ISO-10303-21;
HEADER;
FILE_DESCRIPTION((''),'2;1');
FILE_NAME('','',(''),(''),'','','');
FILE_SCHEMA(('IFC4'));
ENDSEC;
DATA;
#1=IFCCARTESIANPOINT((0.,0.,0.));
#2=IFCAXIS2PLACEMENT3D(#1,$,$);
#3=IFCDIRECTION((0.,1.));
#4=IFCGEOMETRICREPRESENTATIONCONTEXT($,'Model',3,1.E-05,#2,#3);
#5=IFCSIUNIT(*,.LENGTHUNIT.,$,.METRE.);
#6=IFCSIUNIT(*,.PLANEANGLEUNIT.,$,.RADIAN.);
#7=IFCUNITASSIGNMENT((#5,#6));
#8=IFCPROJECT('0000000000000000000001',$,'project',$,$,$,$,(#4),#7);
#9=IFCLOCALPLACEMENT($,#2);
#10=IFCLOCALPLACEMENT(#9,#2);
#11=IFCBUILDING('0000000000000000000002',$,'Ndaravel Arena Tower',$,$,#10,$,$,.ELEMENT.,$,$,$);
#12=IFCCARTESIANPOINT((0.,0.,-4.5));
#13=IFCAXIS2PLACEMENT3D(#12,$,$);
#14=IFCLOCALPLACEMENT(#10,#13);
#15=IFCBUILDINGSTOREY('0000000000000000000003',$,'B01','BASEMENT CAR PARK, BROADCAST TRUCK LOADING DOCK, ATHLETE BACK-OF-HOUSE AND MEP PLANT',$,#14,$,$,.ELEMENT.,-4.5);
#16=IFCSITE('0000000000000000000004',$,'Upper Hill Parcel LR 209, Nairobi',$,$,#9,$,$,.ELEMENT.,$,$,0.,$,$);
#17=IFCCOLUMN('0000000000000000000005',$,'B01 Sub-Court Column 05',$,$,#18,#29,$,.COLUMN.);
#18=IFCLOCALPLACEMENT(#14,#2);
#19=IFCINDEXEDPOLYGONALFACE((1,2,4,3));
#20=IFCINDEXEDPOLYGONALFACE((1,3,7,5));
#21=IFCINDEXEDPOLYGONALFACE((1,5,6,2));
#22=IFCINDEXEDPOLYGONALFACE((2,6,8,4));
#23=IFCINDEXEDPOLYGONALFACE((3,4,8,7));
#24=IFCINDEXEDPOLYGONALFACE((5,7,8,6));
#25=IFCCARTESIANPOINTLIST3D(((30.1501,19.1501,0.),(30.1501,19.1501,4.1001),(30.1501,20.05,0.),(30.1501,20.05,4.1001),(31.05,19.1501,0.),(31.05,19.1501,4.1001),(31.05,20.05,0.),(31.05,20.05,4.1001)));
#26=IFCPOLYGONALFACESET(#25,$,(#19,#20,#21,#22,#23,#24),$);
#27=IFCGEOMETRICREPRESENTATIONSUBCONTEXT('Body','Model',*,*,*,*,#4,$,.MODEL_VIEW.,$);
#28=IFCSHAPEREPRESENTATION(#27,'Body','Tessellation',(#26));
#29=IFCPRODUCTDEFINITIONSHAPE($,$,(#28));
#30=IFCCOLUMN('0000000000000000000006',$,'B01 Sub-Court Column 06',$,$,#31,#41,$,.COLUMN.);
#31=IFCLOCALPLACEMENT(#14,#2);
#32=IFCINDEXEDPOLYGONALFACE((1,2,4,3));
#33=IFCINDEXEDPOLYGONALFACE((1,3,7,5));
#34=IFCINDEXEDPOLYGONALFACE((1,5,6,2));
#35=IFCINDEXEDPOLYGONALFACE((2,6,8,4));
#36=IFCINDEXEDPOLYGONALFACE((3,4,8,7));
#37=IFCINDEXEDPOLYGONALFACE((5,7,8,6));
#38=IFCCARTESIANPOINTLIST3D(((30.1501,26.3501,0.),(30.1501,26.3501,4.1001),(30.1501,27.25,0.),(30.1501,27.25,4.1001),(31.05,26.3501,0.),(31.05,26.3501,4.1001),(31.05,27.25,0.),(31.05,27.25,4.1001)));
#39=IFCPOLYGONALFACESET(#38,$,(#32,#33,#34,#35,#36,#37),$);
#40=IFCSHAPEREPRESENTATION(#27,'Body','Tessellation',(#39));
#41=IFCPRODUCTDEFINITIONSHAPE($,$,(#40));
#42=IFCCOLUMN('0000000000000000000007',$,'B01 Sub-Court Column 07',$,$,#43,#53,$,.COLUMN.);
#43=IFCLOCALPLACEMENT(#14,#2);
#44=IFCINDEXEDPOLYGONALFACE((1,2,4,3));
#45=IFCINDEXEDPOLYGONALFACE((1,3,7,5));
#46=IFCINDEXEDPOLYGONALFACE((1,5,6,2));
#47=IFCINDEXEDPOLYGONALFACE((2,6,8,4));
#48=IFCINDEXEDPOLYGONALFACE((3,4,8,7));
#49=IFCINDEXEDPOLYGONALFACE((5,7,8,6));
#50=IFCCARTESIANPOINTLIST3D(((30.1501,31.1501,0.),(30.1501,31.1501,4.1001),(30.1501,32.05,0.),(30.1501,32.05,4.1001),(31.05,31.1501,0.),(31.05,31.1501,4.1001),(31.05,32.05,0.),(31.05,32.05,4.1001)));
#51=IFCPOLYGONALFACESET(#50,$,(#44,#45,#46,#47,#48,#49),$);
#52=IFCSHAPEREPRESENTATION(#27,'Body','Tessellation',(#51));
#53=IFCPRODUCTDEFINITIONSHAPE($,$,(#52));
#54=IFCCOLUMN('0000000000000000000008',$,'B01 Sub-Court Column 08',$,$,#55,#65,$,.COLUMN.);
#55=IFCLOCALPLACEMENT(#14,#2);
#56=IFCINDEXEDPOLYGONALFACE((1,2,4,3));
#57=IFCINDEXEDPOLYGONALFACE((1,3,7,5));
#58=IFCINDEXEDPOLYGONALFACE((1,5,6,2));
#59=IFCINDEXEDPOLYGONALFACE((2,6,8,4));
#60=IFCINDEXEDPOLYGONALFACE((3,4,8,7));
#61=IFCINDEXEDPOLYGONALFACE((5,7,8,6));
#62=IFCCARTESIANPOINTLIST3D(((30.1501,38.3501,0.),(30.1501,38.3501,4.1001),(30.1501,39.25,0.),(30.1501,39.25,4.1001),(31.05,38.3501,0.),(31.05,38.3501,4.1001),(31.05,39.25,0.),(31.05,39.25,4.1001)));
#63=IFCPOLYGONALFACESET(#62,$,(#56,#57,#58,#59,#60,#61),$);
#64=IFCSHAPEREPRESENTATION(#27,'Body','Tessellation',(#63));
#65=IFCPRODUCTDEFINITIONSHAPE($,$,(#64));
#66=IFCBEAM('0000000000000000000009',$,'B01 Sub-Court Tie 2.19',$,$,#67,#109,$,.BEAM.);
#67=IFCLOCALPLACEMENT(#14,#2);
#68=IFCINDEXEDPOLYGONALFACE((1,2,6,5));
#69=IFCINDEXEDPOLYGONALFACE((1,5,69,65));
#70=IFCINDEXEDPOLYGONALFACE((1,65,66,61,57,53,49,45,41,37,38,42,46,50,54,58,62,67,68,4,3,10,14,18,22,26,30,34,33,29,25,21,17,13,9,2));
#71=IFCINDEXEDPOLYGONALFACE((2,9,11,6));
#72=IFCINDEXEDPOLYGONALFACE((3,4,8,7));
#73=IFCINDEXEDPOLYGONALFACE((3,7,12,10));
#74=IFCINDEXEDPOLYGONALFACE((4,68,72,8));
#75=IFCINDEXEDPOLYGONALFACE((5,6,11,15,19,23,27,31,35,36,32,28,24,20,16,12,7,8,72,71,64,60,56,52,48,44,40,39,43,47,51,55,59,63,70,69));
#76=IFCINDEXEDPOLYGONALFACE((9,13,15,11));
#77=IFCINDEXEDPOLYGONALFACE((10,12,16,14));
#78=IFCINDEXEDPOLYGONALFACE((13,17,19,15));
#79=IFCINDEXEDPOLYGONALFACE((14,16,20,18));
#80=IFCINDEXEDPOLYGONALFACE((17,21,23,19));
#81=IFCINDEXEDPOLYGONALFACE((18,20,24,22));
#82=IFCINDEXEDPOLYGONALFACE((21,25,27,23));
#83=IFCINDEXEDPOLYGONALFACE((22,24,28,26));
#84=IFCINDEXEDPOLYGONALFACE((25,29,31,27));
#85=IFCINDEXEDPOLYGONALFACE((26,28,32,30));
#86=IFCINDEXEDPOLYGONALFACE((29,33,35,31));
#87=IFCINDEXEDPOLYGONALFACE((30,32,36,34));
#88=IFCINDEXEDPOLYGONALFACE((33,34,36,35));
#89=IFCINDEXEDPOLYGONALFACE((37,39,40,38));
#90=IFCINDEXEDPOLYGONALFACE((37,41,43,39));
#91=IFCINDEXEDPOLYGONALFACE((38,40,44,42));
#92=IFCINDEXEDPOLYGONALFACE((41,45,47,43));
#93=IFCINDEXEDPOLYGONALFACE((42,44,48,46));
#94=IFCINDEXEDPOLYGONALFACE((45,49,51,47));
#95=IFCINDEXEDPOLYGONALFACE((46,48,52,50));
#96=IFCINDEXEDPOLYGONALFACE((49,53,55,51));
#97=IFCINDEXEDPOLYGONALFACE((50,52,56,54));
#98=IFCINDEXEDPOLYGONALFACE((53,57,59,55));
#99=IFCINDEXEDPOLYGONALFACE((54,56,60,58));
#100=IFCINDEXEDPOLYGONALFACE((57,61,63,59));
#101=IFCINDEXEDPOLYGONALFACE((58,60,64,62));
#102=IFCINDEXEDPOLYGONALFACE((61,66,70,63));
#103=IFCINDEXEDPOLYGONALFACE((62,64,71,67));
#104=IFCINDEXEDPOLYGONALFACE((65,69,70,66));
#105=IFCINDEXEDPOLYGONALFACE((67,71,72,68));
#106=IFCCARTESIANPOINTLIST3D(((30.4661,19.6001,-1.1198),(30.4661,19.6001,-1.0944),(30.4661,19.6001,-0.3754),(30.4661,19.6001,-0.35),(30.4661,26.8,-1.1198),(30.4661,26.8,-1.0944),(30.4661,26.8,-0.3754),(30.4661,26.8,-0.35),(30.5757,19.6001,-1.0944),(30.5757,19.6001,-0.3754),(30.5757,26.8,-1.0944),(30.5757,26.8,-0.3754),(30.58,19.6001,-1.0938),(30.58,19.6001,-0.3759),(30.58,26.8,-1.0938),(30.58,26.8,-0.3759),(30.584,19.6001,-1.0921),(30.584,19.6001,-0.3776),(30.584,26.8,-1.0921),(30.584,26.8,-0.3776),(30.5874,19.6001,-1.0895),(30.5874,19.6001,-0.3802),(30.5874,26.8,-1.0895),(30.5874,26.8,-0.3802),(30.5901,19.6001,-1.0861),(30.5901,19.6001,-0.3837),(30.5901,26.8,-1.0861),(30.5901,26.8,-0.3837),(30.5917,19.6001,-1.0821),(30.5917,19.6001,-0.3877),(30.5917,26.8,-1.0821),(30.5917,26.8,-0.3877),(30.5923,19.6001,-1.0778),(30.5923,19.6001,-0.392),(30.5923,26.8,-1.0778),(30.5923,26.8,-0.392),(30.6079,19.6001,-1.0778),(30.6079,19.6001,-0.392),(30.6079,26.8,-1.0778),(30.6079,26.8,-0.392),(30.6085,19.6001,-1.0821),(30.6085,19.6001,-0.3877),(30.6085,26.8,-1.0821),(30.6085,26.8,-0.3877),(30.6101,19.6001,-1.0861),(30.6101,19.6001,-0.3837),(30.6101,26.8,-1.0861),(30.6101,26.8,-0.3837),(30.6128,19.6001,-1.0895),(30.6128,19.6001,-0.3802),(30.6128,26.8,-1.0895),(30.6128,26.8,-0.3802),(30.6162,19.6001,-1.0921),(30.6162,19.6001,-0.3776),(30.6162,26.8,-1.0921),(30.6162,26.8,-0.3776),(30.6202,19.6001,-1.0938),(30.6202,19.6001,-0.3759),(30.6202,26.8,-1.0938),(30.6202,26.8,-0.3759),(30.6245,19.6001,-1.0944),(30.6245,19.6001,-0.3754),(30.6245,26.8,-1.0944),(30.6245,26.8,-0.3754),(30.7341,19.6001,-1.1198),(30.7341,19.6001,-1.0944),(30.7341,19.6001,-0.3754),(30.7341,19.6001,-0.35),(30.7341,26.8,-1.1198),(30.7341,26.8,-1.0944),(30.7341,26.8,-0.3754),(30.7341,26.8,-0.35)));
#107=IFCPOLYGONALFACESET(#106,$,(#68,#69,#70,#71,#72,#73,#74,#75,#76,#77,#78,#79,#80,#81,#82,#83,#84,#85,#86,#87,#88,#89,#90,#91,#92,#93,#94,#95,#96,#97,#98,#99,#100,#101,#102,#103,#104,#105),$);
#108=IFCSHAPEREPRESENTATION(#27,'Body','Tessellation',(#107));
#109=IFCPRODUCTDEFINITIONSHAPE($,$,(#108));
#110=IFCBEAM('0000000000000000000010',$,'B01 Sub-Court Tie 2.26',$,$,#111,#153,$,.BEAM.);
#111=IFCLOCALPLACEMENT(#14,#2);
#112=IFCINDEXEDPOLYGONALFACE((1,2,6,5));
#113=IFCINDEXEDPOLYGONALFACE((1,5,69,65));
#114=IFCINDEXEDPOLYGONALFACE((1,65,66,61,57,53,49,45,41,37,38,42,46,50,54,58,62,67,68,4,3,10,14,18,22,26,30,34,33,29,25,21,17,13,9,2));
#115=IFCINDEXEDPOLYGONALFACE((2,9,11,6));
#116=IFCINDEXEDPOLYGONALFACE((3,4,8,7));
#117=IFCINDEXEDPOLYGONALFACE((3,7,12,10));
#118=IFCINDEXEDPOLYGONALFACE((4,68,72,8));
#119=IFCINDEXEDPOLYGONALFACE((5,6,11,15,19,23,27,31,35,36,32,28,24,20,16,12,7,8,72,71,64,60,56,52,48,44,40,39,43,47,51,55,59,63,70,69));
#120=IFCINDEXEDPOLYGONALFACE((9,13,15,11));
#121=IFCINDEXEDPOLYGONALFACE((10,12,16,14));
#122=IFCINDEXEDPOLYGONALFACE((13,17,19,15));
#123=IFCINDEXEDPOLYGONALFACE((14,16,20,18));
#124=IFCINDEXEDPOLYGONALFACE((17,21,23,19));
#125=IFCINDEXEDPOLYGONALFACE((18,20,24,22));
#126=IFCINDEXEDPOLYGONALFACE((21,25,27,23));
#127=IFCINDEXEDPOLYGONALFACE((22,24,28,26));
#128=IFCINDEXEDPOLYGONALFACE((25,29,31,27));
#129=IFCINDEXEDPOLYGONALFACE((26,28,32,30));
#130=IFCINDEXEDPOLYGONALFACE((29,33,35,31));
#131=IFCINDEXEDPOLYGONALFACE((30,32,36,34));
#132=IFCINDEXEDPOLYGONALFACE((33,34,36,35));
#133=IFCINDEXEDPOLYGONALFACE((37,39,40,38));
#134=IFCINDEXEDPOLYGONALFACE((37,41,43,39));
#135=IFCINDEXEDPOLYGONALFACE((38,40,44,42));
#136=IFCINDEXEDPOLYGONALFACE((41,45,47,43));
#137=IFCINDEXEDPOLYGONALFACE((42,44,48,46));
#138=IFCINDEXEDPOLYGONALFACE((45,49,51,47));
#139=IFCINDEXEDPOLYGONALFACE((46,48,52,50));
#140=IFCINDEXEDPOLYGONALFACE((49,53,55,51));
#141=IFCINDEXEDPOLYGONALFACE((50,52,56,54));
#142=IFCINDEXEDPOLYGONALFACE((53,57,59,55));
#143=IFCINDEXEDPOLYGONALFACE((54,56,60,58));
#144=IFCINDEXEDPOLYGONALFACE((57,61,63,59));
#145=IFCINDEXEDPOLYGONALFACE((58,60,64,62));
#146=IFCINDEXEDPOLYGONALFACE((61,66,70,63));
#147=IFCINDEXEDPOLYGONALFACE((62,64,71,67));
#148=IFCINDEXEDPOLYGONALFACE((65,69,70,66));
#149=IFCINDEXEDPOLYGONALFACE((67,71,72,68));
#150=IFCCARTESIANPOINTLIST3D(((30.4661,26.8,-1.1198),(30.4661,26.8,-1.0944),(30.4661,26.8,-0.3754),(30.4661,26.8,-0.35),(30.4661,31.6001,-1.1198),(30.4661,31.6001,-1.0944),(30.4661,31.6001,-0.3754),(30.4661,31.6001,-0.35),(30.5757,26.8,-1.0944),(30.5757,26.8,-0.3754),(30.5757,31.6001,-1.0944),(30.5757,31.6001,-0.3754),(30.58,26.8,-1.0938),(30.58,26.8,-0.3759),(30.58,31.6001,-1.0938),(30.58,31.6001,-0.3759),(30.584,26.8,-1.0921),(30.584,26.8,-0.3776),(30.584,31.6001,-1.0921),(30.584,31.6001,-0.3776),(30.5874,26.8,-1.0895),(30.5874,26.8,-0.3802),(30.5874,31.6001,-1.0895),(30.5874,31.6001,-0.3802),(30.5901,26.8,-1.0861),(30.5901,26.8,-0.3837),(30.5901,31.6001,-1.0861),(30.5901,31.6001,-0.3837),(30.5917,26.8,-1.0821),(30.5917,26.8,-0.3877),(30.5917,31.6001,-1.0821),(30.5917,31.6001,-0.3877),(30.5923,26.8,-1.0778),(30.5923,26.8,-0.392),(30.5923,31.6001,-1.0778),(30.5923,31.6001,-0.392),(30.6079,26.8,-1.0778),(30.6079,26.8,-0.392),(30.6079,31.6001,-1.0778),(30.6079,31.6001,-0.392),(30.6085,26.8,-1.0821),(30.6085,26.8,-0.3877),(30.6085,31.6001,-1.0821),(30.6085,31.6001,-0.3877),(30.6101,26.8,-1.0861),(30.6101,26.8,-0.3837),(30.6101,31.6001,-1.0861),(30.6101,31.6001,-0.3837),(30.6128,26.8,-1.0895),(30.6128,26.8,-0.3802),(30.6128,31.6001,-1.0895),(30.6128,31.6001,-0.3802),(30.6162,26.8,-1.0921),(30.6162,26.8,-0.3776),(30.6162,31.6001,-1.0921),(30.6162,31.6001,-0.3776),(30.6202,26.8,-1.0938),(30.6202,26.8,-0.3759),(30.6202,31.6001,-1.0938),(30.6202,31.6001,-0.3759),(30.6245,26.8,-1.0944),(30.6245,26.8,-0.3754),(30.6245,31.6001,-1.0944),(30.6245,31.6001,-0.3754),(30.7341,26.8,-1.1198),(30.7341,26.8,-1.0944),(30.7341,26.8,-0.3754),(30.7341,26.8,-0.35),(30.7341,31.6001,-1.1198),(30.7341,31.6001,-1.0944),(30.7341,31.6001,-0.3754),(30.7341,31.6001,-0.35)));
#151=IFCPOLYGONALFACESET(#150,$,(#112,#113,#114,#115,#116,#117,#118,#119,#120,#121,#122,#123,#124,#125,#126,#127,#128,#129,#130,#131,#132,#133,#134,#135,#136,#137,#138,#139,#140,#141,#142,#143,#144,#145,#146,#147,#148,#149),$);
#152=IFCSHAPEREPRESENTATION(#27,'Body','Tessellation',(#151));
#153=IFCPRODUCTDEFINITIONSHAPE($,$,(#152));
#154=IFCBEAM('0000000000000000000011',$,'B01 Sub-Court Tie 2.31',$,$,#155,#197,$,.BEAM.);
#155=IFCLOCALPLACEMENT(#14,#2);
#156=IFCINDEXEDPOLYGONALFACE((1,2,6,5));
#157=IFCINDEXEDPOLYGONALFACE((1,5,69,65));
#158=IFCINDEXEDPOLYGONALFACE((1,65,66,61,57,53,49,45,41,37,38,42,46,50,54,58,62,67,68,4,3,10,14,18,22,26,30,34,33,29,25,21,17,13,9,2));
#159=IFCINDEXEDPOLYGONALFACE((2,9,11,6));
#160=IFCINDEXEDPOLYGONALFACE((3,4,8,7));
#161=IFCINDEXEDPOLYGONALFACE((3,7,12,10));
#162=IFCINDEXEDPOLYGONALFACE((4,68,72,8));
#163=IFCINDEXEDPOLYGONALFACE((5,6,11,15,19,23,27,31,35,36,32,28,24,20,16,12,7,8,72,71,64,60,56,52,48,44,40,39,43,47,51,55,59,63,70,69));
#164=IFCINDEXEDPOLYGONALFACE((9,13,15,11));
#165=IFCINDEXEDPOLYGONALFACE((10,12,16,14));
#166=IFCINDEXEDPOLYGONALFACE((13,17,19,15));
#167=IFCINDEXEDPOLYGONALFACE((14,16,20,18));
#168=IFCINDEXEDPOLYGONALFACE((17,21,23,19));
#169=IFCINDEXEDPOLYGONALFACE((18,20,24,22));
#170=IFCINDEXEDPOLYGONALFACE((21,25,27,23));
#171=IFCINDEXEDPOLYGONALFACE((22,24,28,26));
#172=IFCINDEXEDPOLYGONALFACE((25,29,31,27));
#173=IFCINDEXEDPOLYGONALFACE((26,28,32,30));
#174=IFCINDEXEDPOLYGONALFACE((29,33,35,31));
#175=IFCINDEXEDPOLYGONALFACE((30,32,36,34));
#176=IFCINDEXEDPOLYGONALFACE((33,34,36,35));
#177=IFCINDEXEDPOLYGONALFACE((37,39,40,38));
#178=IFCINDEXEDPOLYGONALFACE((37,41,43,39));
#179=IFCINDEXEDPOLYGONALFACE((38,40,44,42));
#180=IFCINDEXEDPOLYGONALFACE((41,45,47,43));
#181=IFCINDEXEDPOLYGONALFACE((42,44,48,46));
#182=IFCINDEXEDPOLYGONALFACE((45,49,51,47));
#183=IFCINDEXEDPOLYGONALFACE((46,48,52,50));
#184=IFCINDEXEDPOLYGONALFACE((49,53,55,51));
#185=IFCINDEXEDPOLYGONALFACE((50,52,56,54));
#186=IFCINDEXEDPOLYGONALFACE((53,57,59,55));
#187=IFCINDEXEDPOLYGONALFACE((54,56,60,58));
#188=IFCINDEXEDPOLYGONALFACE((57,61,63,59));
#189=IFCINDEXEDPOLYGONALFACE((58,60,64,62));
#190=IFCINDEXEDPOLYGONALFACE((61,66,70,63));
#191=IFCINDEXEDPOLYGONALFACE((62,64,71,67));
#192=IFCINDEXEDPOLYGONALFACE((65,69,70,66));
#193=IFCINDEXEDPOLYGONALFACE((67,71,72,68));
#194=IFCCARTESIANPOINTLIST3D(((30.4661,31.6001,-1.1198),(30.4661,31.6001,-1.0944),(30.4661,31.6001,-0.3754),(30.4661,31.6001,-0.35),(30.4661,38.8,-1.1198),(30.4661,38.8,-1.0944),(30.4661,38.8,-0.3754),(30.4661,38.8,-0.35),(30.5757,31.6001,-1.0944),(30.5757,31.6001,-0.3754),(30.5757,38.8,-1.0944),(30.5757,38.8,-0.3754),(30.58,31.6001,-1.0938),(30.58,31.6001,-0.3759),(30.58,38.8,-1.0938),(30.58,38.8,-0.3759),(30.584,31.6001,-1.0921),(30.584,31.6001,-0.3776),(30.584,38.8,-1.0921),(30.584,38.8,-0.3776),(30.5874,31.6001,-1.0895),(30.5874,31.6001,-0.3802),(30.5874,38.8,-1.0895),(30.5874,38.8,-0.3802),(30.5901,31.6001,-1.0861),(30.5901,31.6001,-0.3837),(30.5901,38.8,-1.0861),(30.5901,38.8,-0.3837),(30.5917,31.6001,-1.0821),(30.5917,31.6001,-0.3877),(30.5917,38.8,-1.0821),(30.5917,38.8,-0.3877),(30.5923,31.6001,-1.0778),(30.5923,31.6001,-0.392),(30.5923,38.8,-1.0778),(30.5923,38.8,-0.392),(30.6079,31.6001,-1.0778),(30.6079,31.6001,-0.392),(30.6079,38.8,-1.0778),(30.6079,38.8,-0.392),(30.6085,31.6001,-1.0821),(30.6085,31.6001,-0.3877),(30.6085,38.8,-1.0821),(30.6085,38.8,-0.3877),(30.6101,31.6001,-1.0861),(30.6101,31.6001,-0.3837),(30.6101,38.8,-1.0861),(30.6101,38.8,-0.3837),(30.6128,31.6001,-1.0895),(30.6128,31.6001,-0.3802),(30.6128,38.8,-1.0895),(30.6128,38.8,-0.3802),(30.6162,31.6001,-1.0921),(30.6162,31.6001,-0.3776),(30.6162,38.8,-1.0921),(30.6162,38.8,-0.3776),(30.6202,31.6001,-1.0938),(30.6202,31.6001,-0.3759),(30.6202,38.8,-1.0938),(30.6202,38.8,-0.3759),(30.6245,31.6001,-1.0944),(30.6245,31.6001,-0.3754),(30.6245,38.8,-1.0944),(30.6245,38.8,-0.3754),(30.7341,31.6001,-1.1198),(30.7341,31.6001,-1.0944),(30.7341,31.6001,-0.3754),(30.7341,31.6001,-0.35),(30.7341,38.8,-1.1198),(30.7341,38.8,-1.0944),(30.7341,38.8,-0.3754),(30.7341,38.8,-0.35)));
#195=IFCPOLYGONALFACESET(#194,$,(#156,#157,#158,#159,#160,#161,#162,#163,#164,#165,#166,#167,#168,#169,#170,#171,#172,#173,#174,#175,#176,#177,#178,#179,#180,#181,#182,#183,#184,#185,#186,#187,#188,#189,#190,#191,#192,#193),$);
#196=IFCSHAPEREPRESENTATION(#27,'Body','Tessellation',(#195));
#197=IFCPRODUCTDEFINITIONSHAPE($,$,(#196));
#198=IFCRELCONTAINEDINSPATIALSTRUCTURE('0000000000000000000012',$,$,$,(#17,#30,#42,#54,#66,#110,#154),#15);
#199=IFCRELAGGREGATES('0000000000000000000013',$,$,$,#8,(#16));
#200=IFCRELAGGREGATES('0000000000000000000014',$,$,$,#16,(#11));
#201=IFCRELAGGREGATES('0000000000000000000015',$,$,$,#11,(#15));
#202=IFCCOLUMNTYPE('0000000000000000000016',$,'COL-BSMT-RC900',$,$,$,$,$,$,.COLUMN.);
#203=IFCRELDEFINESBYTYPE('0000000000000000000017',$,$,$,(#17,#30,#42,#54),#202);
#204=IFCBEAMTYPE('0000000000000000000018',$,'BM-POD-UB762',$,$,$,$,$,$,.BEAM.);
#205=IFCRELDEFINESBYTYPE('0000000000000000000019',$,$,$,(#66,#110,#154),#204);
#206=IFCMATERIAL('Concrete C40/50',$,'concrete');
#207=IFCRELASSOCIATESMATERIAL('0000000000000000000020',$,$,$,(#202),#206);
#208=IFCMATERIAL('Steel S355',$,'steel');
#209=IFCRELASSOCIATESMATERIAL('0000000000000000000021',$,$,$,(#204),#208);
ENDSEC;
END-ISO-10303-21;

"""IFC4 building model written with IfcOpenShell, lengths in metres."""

from ifc_helpers import new_model, si_unit, direction, frame, origin, origin_2d, place, context, subcontext, project, spatial, rectangle, i_section, extrude, material, material_profile, profile_set, type_object, element, save


model = new_model("IFC4")

# Units and contexts
model_context = context("Model", 3, precision=1e-05, world=origin(), true_north=direction((0.0, 1.0)))
body_context = subcontext(model_context, "Body", "Model", "MODEL_VIEW")
ifc_project = project(units=[si_unit("LENGTHUNIT", "METRE"), si_unit("PLANEANGLEUNIT", "RADIAN")], contexts=[model_context])

# Site, building, storey
site_placement = place(None, origin())
site = spatial("IfcSite", under=ifc_project, at=site_placement, Name="Upper Hill Parcel LR 209, Nairobi", CompositionType="ELEMENT", RefElevation=0.0)
building_placement = place(site_placement, origin())
building = spatial("IfcBuilding", under=site, at=building_placement, Name="Ndaravel Arena Tower", CompositionType="ELEMENT")
storey_placement = place(building_placement, frame((0.0, 0.0, -4.5)))
storey = spatial("IfcBuildingStorey", under=building, at=storey_placement, Name="B01", Description="BASEMENT CAR PARK, BROADCAST TRUCK LOADING DOCK, ATHLETE BACK-OF-HOUSE AND MEP PLANT", CompositionType="ELEMENT", Elevation=-4.5)

# Columns
ifc_material_1 = material(Name="Concrete C40/50", Category="concrete")
ifc_material_profile_1 = material_profile(ifc_material_1, rectangle(XDim=0.8999, YDim=0.8999, at=origin_2d()), Name="RC 900x900")
ifc_profile_set_1 = profile_set([ifc_material_profile_1], Name="Concrete C40/50")
column_type = type_object("IfcColumnType", Name="COL-BSMT-RC900", PredefinedType="COLUMN", material=ifc_profile_set_1)
for number, where, z_axis, x_axis, name in (
    (1, (30.6001, 19.6001, 0.0), (0.0, 0.0, 1.0), (1.0, 0.0, 0.0), "B01 Sub-Court Column 05"),
    (2, (30.6001, 26.8, 0.0), (0.0, 0.0, 1.0), (1.0, 0.0, 0.0), "B01 Sub-Court Column 06"),
    (3, (30.6001, 31.6001, 0.0), (0.0, 0.0, 1.0), (1.0, 0.0, 0.0), "B01 Sub-Court Column 07"),
    (4, (30.6001, 38.8, 0.0), (0.0, 0.0, 1.0), (1.0, 0.0, 0.0), "B01 Sub-Court Column 08"),
):
    element("IfcColumn", number, at=place(storey_placement, frame(where, z_axis=z_axis, x_axis=x_axis)), inside=storey, type_object=column_type, Name=name, PredefinedType="COLUMN", context=body_context, shape_type="SweptSolid", body=[
        extrude(rectangle(XDim=0.8999, YDim=0.8999, at=origin_2d()), origin(), (0.0, 0.0, 1.0), 4.1001),
    ])

# Beams
ifc_material_2 = material(Name="Steel S355", Category="steel")
ifc_material_profile_2 = material_profile(ifc_material_2, i_section(OverallWidth=0.2681, OverallDepth=0.7698, WebThickness=0.0156, FlangeThickness=0.0254, FilletRadius=0.0166, at=origin_2d()), Name="UB 762x267x197")
ifc_profile_set_2 = profile_set([ifc_material_profile_2], Name="Steel S355")
beam_type_1 = type_object("IfcBeamType", Name="BM-POD-UB762", PredefinedType="BEAM", material=ifc_profile_set_2)
beam_1_placement = place(storey_placement, frame((30.6001, 19.6001, -0.7349), z_axis=(0.0, 1.0, 0.0), x_axis=(-1.0, 0.0, 0.0)))
element("IfcBeam", 5, at=beam_1_placement, inside=storey, type_object=beam_type_1, Name="B01 Sub-Court Tie 2.19", PredefinedType="BEAM", context=body_context, shape_type="SweptSolid", body=[
    extrude(i_section(OverallWidth=0.2681, OverallDepth=0.7698, WebThickness=0.0156, FlangeThickness=0.0254, FilletRadius=0.0166, at=origin_2d()), origin(), (0.0, 0.0, 1.0), 7.2),
])
beam_2_placement = place(storey_placement, frame((30.6001, 26.8, -0.7349), z_axis=(0.0, 1.0, 0.0), x_axis=(-1.0, 0.0, 0.0)))
element("IfcBeam", 6, at=beam_2_placement, inside=storey, type_object=beam_type_1, Name="B01 Sub-Court Tie 2.26", PredefinedType="BEAM", context=body_context, shape_type="SweptSolid", body=[
    extrude(i_section(OverallWidth=0.2681, OverallDepth=0.7698, WebThickness=0.0156, FlangeThickness=0.0254, FilletRadius=0.0166, at=origin_2d()), origin(), (0.0, 0.0, 1.0), 4.8),
])
beam_3_placement = place(storey_placement, frame((30.6001, 31.6001, -0.7349), z_axis=(0.0, 1.0, 0.0), x_axis=(-1.0, 0.0, 0.0)))
element("IfcBeam", 7, at=beam_3_placement, inside=storey, type_object=beam_type_1, Name="B01 Sub-Court Tie 2.31", PredefinedType="BEAM", context=body_context, shape_type="SweptSolid", body=[
    extrude(i_section(OverallWidth=0.2681, OverallDepth=0.7698, WebThickness=0.0156, FlangeThickness=0.0254, FilletRadius=0.0166, at=origin_2d()), origin(), (0.0, 0.0, 1.0), 7.2),
])

save(model, "model.ifc")
